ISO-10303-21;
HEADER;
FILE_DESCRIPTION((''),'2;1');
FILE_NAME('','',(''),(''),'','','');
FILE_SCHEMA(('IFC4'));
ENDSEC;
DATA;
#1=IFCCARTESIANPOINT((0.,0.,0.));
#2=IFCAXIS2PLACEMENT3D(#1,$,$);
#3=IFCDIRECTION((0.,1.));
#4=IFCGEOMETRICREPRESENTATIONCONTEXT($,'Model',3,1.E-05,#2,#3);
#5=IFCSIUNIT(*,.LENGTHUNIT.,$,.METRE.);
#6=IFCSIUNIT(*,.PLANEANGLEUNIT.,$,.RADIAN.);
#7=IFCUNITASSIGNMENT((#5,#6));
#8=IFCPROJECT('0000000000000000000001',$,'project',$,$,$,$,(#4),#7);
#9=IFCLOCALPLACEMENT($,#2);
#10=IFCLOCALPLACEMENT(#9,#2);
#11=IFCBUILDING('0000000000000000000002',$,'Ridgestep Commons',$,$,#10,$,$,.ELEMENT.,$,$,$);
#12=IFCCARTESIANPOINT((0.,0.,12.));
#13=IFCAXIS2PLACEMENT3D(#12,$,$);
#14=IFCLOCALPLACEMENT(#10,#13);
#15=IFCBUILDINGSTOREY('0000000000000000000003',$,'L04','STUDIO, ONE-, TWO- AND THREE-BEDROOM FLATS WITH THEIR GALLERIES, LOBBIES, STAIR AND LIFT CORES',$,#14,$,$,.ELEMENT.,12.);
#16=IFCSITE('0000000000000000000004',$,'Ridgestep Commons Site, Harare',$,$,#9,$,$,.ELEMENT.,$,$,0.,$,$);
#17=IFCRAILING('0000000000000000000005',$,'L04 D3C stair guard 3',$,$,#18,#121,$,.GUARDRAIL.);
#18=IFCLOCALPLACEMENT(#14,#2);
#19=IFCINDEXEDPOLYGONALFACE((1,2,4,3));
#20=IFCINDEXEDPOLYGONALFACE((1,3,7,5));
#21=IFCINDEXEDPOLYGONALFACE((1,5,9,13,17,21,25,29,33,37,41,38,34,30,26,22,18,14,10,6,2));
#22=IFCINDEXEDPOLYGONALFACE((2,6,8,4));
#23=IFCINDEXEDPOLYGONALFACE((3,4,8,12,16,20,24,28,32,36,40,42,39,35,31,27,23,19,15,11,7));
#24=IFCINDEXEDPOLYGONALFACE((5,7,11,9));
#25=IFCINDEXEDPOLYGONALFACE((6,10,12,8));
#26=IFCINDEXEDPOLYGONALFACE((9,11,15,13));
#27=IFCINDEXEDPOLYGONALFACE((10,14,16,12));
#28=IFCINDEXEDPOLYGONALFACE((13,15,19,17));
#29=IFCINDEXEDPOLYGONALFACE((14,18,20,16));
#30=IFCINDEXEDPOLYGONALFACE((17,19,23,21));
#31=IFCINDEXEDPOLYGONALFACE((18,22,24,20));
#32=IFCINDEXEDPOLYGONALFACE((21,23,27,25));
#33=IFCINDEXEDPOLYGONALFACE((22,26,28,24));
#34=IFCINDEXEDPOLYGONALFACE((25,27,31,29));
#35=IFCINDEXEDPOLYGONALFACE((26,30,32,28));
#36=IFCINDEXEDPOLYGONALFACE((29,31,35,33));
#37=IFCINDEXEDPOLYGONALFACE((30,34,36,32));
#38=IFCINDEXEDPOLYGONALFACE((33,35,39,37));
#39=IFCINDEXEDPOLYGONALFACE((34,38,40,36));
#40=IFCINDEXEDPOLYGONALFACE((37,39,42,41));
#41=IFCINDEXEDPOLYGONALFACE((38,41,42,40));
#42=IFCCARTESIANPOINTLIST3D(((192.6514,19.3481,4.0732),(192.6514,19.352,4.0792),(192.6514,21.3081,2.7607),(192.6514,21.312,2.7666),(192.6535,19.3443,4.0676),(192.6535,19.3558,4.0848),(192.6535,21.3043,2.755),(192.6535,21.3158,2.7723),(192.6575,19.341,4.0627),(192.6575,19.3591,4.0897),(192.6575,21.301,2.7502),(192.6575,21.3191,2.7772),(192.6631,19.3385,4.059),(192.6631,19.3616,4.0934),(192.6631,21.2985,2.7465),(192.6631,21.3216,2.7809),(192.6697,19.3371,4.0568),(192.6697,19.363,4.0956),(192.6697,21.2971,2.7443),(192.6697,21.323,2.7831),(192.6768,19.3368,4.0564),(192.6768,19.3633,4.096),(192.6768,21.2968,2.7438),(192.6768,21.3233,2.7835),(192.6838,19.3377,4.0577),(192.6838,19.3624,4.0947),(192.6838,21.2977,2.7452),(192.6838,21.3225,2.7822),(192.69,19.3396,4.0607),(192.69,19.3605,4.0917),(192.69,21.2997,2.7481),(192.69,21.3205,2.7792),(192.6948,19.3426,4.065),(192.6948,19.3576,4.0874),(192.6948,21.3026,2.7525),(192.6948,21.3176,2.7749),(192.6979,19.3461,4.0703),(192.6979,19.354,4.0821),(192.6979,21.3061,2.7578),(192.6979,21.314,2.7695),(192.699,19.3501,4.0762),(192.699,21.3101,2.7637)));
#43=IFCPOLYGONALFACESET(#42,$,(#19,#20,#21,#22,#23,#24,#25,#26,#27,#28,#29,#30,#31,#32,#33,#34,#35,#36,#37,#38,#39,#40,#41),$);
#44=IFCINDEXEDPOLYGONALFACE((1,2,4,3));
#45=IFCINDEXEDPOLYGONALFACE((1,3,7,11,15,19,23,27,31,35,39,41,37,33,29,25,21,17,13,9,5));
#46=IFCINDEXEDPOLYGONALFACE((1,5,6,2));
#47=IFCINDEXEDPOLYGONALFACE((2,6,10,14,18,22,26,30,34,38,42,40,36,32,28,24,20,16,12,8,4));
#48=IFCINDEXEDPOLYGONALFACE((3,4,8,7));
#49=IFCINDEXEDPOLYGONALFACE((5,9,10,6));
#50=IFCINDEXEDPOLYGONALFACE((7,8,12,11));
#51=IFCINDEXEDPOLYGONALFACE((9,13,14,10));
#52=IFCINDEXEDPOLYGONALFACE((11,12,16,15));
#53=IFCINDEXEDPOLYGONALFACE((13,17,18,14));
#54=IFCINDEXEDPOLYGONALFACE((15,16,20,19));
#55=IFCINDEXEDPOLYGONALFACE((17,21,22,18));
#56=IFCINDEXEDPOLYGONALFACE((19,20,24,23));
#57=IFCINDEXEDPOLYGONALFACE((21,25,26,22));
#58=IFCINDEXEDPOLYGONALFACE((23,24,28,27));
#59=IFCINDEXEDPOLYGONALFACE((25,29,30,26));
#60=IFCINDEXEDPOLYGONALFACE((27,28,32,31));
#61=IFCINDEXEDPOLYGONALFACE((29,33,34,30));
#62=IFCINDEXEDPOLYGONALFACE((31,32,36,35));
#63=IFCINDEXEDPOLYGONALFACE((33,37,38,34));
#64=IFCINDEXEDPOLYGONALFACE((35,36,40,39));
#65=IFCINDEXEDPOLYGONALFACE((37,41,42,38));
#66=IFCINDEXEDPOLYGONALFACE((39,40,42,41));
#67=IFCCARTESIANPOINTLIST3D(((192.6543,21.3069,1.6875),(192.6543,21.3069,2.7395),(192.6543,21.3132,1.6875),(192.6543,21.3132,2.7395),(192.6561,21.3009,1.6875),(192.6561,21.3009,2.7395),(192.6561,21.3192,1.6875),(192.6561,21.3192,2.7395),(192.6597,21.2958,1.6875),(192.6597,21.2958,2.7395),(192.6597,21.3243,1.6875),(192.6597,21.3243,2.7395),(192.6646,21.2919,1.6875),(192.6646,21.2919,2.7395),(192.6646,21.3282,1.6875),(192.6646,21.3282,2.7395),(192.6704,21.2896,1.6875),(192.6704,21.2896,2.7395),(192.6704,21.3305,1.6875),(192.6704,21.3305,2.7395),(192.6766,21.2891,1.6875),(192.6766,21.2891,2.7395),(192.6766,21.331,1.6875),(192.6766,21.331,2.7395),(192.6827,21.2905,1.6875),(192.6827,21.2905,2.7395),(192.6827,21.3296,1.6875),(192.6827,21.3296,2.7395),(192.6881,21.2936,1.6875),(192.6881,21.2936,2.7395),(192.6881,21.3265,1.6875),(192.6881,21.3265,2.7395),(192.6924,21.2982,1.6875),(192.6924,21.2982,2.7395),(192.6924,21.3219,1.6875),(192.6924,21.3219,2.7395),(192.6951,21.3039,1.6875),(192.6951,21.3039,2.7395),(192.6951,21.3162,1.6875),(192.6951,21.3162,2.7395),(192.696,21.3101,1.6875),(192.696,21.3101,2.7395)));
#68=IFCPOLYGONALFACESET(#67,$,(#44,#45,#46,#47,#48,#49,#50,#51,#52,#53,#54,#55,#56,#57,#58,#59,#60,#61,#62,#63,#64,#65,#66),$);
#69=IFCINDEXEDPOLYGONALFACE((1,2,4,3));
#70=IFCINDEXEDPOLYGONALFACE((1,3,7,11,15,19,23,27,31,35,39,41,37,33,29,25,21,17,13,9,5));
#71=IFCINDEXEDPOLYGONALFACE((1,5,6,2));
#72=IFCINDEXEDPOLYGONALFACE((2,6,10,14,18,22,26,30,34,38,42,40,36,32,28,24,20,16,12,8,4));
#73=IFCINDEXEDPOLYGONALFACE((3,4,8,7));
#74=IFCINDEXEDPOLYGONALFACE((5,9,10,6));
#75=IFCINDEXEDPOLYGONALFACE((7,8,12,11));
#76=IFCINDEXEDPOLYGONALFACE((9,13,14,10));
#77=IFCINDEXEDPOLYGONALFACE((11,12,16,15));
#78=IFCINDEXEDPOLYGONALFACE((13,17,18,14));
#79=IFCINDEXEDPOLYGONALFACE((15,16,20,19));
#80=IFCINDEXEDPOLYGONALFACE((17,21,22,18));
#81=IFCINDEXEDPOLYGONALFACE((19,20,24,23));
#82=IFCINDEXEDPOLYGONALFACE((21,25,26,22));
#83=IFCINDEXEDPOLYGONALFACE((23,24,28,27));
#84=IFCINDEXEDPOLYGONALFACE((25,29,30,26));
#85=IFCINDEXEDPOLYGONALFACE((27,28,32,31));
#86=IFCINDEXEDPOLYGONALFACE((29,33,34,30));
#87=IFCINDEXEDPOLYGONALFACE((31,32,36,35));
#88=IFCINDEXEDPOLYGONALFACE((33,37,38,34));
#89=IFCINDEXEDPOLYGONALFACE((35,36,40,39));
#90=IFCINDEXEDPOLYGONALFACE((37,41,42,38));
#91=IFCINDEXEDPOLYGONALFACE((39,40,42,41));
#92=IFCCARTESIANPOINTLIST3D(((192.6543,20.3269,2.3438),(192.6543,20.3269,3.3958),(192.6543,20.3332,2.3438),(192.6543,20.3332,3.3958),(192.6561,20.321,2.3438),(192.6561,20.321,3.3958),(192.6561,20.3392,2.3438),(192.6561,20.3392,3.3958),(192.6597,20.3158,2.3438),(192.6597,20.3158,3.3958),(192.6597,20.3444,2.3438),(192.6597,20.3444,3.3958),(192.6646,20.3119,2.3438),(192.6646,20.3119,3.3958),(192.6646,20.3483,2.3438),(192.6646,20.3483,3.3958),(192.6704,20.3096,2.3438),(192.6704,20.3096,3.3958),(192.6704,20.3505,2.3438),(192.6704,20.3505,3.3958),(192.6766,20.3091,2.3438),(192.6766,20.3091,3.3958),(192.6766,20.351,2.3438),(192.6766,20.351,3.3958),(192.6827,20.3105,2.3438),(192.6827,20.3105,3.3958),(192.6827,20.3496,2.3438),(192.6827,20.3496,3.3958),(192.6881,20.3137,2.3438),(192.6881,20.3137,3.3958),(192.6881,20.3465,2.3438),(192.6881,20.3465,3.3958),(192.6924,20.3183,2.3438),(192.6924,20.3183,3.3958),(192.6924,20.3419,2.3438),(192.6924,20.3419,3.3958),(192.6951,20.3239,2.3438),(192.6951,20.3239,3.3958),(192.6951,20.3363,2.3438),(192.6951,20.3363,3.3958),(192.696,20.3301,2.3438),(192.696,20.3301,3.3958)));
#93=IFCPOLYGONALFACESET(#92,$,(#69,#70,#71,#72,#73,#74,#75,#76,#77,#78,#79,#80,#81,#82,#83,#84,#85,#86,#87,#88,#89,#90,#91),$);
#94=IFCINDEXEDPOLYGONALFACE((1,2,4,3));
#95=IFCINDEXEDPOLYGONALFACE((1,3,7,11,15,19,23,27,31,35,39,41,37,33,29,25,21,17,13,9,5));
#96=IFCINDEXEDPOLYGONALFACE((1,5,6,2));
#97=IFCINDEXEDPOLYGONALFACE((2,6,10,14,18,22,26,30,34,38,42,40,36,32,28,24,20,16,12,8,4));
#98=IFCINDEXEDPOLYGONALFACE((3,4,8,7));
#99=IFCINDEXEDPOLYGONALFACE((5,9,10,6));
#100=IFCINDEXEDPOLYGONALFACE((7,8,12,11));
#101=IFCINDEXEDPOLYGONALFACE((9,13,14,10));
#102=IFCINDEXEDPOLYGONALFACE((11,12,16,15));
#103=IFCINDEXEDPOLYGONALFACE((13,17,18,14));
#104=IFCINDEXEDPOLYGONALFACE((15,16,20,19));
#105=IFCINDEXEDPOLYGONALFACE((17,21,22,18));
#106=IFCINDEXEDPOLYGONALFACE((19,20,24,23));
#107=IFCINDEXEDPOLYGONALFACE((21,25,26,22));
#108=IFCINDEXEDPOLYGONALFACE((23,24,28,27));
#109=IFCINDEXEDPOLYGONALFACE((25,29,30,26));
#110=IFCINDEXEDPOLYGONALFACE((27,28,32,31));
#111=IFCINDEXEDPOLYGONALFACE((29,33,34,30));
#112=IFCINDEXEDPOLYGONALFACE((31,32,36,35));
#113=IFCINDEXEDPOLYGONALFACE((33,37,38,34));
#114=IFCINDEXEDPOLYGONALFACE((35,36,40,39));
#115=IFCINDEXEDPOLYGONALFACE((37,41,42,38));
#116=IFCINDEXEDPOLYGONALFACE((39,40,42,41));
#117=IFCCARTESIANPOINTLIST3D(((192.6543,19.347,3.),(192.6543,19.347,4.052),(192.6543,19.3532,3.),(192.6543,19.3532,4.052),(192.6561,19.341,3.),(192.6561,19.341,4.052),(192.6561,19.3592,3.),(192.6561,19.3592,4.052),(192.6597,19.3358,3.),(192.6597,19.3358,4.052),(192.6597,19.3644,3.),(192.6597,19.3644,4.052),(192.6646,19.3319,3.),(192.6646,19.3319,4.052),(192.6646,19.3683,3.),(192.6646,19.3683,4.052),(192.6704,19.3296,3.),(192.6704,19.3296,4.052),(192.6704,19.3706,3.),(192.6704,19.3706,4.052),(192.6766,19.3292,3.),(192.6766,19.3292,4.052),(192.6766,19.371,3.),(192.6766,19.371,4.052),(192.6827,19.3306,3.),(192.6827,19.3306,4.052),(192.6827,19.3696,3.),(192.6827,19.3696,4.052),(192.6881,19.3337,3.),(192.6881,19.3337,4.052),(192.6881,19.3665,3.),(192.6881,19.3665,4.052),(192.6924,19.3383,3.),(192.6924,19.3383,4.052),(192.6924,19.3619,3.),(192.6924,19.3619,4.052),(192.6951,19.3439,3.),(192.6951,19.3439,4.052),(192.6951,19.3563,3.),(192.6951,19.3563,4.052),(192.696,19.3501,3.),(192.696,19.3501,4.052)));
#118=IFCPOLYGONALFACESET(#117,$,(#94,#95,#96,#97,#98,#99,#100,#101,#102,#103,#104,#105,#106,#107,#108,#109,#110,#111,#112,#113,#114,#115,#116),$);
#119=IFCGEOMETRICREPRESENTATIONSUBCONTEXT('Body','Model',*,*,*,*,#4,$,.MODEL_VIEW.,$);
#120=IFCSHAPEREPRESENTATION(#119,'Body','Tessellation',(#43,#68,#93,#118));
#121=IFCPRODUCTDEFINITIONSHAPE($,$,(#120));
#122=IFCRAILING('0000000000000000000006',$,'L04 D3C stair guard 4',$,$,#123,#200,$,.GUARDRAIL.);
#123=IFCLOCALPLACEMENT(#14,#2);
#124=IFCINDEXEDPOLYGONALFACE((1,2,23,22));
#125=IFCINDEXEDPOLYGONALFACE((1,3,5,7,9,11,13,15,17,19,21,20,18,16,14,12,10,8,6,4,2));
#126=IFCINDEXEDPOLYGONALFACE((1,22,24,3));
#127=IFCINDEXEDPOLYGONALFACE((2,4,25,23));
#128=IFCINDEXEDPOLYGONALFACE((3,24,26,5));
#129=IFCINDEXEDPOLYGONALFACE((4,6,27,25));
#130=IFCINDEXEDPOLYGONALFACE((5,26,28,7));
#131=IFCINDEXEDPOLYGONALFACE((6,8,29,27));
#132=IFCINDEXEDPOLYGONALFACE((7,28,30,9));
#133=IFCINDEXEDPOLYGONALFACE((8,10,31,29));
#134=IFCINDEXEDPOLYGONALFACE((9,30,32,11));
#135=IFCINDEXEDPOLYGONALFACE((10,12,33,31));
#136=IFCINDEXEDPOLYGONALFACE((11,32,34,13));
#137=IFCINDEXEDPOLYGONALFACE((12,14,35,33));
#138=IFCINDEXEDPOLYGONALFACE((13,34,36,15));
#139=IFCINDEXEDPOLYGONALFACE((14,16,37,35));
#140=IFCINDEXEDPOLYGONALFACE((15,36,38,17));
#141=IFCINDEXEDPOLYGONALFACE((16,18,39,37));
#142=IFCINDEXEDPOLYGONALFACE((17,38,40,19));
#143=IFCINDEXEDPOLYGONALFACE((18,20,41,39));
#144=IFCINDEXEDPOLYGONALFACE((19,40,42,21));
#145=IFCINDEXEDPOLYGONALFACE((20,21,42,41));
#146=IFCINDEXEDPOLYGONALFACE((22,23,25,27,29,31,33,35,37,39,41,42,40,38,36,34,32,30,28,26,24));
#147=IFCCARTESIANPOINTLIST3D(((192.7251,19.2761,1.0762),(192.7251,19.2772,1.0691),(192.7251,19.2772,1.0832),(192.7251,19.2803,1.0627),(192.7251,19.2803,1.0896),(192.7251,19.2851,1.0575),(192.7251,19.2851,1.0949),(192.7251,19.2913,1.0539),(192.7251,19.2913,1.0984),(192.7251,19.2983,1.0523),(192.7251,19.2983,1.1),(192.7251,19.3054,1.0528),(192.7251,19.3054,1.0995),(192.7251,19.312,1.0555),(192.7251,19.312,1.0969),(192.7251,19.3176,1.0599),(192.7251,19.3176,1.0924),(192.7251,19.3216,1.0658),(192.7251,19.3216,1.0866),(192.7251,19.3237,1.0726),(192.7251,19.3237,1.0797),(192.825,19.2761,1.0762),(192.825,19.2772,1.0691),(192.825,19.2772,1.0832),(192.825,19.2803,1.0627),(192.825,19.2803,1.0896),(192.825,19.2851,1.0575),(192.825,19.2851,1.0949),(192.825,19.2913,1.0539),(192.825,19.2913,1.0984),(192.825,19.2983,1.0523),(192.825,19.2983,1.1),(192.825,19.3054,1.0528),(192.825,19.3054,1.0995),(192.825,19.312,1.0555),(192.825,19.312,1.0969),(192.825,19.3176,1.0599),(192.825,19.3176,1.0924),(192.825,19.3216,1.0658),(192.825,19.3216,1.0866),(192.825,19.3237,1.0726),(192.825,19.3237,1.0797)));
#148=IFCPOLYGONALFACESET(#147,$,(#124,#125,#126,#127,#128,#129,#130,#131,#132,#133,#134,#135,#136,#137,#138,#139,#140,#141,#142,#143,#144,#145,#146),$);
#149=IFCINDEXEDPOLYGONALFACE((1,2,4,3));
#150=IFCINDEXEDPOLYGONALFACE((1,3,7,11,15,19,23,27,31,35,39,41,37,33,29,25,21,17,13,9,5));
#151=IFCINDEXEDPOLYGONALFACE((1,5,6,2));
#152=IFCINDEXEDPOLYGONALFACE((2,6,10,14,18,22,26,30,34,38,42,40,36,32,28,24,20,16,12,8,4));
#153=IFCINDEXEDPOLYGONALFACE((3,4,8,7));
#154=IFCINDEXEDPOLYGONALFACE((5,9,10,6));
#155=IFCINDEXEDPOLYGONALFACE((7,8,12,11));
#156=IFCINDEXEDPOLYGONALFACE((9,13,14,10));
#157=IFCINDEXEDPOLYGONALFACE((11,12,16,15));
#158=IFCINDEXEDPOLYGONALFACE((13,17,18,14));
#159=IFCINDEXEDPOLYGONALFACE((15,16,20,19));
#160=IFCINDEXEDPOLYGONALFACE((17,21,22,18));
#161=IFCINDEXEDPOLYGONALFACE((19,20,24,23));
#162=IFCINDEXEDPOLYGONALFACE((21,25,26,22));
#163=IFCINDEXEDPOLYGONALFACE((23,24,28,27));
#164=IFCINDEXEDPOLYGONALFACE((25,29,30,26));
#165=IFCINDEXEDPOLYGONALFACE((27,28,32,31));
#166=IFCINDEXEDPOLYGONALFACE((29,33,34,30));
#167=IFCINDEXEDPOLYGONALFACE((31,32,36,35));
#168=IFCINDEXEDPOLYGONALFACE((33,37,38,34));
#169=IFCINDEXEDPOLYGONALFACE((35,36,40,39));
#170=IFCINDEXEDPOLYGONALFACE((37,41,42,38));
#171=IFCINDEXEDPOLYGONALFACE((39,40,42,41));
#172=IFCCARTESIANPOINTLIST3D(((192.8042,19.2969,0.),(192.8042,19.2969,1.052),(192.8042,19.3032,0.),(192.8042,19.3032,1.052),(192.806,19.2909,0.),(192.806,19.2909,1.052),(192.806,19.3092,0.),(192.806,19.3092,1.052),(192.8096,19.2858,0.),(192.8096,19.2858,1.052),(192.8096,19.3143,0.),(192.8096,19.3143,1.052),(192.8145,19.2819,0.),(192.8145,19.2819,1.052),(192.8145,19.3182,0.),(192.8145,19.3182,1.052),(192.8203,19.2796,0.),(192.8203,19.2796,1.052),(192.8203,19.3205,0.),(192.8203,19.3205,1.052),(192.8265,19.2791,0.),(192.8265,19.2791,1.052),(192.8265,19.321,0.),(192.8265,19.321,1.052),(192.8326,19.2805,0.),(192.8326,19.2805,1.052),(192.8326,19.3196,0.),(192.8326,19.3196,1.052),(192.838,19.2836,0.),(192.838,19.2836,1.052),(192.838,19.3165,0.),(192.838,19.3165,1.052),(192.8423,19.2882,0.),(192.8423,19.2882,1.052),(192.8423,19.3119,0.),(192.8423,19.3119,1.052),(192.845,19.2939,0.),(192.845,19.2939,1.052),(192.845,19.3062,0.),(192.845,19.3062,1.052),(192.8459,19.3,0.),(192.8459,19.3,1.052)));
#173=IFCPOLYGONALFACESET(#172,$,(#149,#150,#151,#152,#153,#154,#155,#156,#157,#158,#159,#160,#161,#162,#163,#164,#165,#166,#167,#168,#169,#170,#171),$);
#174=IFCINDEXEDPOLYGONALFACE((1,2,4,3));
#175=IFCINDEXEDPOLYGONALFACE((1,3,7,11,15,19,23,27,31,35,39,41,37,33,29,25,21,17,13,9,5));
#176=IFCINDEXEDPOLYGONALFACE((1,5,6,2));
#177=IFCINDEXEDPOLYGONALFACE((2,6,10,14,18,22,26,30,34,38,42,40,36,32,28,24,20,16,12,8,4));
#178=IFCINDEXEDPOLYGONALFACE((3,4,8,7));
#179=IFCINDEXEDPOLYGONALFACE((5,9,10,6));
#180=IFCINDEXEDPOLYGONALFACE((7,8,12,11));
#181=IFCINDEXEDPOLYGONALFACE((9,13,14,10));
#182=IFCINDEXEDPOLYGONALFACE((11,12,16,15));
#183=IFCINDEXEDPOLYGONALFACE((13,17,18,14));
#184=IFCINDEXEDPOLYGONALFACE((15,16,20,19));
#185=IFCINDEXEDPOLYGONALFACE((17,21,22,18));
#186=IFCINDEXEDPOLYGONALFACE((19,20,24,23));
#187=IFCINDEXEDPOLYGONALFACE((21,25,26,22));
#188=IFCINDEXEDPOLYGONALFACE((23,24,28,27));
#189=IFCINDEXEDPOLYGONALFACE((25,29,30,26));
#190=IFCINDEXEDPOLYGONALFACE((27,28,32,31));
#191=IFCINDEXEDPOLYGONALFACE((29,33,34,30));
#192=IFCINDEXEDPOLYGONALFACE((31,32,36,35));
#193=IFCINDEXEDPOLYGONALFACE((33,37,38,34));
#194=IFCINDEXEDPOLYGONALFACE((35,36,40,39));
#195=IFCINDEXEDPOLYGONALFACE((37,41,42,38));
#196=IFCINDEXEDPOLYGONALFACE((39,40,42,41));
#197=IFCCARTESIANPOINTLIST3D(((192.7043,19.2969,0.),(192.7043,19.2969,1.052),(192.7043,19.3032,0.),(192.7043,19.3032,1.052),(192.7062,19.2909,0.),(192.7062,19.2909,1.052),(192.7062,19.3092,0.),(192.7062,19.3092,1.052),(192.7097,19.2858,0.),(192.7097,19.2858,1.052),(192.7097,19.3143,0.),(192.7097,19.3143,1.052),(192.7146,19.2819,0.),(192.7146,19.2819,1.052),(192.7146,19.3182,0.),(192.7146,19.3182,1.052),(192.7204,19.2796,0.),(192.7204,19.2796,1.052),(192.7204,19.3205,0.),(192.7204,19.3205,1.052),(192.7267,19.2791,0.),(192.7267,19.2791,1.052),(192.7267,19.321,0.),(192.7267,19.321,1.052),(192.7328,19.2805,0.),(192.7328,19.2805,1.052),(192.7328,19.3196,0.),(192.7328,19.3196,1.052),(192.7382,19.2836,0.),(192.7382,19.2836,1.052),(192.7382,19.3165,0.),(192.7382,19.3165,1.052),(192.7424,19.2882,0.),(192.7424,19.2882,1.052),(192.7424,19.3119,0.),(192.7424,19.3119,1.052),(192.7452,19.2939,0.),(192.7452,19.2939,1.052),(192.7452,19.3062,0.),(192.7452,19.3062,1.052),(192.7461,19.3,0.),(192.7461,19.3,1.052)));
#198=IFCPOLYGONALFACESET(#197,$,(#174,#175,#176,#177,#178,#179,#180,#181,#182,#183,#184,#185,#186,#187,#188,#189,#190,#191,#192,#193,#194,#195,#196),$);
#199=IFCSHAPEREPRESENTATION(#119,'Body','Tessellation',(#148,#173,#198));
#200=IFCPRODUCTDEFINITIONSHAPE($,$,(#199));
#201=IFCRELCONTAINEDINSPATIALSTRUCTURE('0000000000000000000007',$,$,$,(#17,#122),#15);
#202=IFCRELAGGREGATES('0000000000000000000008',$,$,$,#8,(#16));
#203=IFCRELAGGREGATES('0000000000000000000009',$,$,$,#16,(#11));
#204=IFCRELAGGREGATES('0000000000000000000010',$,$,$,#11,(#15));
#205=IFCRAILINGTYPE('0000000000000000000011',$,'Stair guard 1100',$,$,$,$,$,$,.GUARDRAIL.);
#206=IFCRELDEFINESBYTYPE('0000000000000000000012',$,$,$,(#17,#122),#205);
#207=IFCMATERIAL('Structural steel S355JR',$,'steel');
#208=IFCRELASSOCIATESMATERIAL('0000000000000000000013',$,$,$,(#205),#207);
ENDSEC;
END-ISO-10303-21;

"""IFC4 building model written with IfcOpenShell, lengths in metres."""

from ifc_helpers import new_model, si_unit, direction, frame, origin, origin_2d, place, context, subcontext, project, spatial, circle, extrude, material, type_object, element, save


model = new_model("IFC4")

# Units and contexts
model_context = context("Model", 3, precision=1e-05, world=origin(), true_north=direction((0.0, 1.0)))
body_context = subcontext(model_context, "Body", "Model", "MODEL_VIEW")
ifc_project = project(units=[si_unit("LENGTHUNIT", "METRE"), si_unit("PLANEANGLEUNIT", "RADIAN")], contexts=[model_context])

# Site, building, storey
site_placement = place(None, origin())
site = spatial("IfcSite", under=ifc_project, at=site_placement, Name="Ridgestep Commons Site, Harare", CompositionType="ELEMENT", RefElevation=0.0)
building_placement = place(site_placement, origin())
building = spatial("IfcBuilding", under=site, at=building_placement, Name="Ridgestep Commons", CompositionType="ELEMENT")
storey_placement = place(building_placement, frame((0.0, 0.0, 12.0)))
storey = spatial("IfcBuildingStorey", under=building, at=storey_placement, Name="L04", Description="STUDIO, ONE-, TWO- AND THREE-BEDROOM FLATS WITH THEIR GALLERIES, LOBBIES, STAIR AND LIFT CORES", CompositionType="ELEMENT", Elevation=12.0)

# Railings
ifc_material_1 = material(Name="Structural steel S355JR", Category="steel")
railing_type_1 = type_object("IfcRailingType", Name="Stair guard 1100", PredefinedType="GUARDRAIL", material=ifc_material_1)
railing_1_placement = place(storey_placement, frame((192.675, 21.3101, 1.6875)))
element("IfcRailing", 1, at=railing_1_placement, inside=storey, type_object=railing_type_1, Name="L04 D3C stair guard 3", PredefinedType="GUARDRAIL", context=body_context, shape_type="SweptSolid", body=[
    extrude(circle(Radius=0.0239, at=origin_2d()), frame((0.0, 0.0, 1.0762), z_axis=(0.0, -0.830902, 0.556419), x_axis=(1.0, 0.0, 0.0)), (0.0, 0.0, 1.0), 2.3589),
    extrude(circle(Radius=0.021, at=origin_2d()), origin(), (0.0, 0.0, 1.0), 1.052),
    extrude(circle(Radius=0.021, at=origin_2d()), frame((0.0, -0.98, 0.6562)), (0.0, 0.0, 1.0), 1.052),
    extrude(circle(Radius=0.021, at=origin_2d()), frame((0.0, -1.96, 1.3125)), (0.0, 0.0, 1.0), 1.052),
])
railing_2_placement = place(storey_placement, frame((192.825, 19.3, 0.0)))
element("IfcRailing", 2, at=railing_2_placement, inside=storey, type_object=railing_type_1, Name="L04 D3C stair guard 4", PredefinedType="GUARDRAIL", context=body_context, shape_type="SweptSolid", body=[
    extrude(circle(Radius=0.0239, at=origin_2d()), frame((0.0, 0.0, 1.0762), z_axis=(-1.0, 0.0, 0.0), x_axis=(0.0, -1.0, 0.0)), (0.0, 0.0, 1.0), 0.0999),
    extrude(circle(Radius=0.021, at=origin_2d()), origin(), (0.0, 0.0, 1.0), 1.052),
    extrude(circle(Radius=0.021, at=origin_2d()), frame((-0.0999, 0.0, 0.0)), (0.0, 0.0, 1.0), 1.052),
])

save(model, "model.ifc")
